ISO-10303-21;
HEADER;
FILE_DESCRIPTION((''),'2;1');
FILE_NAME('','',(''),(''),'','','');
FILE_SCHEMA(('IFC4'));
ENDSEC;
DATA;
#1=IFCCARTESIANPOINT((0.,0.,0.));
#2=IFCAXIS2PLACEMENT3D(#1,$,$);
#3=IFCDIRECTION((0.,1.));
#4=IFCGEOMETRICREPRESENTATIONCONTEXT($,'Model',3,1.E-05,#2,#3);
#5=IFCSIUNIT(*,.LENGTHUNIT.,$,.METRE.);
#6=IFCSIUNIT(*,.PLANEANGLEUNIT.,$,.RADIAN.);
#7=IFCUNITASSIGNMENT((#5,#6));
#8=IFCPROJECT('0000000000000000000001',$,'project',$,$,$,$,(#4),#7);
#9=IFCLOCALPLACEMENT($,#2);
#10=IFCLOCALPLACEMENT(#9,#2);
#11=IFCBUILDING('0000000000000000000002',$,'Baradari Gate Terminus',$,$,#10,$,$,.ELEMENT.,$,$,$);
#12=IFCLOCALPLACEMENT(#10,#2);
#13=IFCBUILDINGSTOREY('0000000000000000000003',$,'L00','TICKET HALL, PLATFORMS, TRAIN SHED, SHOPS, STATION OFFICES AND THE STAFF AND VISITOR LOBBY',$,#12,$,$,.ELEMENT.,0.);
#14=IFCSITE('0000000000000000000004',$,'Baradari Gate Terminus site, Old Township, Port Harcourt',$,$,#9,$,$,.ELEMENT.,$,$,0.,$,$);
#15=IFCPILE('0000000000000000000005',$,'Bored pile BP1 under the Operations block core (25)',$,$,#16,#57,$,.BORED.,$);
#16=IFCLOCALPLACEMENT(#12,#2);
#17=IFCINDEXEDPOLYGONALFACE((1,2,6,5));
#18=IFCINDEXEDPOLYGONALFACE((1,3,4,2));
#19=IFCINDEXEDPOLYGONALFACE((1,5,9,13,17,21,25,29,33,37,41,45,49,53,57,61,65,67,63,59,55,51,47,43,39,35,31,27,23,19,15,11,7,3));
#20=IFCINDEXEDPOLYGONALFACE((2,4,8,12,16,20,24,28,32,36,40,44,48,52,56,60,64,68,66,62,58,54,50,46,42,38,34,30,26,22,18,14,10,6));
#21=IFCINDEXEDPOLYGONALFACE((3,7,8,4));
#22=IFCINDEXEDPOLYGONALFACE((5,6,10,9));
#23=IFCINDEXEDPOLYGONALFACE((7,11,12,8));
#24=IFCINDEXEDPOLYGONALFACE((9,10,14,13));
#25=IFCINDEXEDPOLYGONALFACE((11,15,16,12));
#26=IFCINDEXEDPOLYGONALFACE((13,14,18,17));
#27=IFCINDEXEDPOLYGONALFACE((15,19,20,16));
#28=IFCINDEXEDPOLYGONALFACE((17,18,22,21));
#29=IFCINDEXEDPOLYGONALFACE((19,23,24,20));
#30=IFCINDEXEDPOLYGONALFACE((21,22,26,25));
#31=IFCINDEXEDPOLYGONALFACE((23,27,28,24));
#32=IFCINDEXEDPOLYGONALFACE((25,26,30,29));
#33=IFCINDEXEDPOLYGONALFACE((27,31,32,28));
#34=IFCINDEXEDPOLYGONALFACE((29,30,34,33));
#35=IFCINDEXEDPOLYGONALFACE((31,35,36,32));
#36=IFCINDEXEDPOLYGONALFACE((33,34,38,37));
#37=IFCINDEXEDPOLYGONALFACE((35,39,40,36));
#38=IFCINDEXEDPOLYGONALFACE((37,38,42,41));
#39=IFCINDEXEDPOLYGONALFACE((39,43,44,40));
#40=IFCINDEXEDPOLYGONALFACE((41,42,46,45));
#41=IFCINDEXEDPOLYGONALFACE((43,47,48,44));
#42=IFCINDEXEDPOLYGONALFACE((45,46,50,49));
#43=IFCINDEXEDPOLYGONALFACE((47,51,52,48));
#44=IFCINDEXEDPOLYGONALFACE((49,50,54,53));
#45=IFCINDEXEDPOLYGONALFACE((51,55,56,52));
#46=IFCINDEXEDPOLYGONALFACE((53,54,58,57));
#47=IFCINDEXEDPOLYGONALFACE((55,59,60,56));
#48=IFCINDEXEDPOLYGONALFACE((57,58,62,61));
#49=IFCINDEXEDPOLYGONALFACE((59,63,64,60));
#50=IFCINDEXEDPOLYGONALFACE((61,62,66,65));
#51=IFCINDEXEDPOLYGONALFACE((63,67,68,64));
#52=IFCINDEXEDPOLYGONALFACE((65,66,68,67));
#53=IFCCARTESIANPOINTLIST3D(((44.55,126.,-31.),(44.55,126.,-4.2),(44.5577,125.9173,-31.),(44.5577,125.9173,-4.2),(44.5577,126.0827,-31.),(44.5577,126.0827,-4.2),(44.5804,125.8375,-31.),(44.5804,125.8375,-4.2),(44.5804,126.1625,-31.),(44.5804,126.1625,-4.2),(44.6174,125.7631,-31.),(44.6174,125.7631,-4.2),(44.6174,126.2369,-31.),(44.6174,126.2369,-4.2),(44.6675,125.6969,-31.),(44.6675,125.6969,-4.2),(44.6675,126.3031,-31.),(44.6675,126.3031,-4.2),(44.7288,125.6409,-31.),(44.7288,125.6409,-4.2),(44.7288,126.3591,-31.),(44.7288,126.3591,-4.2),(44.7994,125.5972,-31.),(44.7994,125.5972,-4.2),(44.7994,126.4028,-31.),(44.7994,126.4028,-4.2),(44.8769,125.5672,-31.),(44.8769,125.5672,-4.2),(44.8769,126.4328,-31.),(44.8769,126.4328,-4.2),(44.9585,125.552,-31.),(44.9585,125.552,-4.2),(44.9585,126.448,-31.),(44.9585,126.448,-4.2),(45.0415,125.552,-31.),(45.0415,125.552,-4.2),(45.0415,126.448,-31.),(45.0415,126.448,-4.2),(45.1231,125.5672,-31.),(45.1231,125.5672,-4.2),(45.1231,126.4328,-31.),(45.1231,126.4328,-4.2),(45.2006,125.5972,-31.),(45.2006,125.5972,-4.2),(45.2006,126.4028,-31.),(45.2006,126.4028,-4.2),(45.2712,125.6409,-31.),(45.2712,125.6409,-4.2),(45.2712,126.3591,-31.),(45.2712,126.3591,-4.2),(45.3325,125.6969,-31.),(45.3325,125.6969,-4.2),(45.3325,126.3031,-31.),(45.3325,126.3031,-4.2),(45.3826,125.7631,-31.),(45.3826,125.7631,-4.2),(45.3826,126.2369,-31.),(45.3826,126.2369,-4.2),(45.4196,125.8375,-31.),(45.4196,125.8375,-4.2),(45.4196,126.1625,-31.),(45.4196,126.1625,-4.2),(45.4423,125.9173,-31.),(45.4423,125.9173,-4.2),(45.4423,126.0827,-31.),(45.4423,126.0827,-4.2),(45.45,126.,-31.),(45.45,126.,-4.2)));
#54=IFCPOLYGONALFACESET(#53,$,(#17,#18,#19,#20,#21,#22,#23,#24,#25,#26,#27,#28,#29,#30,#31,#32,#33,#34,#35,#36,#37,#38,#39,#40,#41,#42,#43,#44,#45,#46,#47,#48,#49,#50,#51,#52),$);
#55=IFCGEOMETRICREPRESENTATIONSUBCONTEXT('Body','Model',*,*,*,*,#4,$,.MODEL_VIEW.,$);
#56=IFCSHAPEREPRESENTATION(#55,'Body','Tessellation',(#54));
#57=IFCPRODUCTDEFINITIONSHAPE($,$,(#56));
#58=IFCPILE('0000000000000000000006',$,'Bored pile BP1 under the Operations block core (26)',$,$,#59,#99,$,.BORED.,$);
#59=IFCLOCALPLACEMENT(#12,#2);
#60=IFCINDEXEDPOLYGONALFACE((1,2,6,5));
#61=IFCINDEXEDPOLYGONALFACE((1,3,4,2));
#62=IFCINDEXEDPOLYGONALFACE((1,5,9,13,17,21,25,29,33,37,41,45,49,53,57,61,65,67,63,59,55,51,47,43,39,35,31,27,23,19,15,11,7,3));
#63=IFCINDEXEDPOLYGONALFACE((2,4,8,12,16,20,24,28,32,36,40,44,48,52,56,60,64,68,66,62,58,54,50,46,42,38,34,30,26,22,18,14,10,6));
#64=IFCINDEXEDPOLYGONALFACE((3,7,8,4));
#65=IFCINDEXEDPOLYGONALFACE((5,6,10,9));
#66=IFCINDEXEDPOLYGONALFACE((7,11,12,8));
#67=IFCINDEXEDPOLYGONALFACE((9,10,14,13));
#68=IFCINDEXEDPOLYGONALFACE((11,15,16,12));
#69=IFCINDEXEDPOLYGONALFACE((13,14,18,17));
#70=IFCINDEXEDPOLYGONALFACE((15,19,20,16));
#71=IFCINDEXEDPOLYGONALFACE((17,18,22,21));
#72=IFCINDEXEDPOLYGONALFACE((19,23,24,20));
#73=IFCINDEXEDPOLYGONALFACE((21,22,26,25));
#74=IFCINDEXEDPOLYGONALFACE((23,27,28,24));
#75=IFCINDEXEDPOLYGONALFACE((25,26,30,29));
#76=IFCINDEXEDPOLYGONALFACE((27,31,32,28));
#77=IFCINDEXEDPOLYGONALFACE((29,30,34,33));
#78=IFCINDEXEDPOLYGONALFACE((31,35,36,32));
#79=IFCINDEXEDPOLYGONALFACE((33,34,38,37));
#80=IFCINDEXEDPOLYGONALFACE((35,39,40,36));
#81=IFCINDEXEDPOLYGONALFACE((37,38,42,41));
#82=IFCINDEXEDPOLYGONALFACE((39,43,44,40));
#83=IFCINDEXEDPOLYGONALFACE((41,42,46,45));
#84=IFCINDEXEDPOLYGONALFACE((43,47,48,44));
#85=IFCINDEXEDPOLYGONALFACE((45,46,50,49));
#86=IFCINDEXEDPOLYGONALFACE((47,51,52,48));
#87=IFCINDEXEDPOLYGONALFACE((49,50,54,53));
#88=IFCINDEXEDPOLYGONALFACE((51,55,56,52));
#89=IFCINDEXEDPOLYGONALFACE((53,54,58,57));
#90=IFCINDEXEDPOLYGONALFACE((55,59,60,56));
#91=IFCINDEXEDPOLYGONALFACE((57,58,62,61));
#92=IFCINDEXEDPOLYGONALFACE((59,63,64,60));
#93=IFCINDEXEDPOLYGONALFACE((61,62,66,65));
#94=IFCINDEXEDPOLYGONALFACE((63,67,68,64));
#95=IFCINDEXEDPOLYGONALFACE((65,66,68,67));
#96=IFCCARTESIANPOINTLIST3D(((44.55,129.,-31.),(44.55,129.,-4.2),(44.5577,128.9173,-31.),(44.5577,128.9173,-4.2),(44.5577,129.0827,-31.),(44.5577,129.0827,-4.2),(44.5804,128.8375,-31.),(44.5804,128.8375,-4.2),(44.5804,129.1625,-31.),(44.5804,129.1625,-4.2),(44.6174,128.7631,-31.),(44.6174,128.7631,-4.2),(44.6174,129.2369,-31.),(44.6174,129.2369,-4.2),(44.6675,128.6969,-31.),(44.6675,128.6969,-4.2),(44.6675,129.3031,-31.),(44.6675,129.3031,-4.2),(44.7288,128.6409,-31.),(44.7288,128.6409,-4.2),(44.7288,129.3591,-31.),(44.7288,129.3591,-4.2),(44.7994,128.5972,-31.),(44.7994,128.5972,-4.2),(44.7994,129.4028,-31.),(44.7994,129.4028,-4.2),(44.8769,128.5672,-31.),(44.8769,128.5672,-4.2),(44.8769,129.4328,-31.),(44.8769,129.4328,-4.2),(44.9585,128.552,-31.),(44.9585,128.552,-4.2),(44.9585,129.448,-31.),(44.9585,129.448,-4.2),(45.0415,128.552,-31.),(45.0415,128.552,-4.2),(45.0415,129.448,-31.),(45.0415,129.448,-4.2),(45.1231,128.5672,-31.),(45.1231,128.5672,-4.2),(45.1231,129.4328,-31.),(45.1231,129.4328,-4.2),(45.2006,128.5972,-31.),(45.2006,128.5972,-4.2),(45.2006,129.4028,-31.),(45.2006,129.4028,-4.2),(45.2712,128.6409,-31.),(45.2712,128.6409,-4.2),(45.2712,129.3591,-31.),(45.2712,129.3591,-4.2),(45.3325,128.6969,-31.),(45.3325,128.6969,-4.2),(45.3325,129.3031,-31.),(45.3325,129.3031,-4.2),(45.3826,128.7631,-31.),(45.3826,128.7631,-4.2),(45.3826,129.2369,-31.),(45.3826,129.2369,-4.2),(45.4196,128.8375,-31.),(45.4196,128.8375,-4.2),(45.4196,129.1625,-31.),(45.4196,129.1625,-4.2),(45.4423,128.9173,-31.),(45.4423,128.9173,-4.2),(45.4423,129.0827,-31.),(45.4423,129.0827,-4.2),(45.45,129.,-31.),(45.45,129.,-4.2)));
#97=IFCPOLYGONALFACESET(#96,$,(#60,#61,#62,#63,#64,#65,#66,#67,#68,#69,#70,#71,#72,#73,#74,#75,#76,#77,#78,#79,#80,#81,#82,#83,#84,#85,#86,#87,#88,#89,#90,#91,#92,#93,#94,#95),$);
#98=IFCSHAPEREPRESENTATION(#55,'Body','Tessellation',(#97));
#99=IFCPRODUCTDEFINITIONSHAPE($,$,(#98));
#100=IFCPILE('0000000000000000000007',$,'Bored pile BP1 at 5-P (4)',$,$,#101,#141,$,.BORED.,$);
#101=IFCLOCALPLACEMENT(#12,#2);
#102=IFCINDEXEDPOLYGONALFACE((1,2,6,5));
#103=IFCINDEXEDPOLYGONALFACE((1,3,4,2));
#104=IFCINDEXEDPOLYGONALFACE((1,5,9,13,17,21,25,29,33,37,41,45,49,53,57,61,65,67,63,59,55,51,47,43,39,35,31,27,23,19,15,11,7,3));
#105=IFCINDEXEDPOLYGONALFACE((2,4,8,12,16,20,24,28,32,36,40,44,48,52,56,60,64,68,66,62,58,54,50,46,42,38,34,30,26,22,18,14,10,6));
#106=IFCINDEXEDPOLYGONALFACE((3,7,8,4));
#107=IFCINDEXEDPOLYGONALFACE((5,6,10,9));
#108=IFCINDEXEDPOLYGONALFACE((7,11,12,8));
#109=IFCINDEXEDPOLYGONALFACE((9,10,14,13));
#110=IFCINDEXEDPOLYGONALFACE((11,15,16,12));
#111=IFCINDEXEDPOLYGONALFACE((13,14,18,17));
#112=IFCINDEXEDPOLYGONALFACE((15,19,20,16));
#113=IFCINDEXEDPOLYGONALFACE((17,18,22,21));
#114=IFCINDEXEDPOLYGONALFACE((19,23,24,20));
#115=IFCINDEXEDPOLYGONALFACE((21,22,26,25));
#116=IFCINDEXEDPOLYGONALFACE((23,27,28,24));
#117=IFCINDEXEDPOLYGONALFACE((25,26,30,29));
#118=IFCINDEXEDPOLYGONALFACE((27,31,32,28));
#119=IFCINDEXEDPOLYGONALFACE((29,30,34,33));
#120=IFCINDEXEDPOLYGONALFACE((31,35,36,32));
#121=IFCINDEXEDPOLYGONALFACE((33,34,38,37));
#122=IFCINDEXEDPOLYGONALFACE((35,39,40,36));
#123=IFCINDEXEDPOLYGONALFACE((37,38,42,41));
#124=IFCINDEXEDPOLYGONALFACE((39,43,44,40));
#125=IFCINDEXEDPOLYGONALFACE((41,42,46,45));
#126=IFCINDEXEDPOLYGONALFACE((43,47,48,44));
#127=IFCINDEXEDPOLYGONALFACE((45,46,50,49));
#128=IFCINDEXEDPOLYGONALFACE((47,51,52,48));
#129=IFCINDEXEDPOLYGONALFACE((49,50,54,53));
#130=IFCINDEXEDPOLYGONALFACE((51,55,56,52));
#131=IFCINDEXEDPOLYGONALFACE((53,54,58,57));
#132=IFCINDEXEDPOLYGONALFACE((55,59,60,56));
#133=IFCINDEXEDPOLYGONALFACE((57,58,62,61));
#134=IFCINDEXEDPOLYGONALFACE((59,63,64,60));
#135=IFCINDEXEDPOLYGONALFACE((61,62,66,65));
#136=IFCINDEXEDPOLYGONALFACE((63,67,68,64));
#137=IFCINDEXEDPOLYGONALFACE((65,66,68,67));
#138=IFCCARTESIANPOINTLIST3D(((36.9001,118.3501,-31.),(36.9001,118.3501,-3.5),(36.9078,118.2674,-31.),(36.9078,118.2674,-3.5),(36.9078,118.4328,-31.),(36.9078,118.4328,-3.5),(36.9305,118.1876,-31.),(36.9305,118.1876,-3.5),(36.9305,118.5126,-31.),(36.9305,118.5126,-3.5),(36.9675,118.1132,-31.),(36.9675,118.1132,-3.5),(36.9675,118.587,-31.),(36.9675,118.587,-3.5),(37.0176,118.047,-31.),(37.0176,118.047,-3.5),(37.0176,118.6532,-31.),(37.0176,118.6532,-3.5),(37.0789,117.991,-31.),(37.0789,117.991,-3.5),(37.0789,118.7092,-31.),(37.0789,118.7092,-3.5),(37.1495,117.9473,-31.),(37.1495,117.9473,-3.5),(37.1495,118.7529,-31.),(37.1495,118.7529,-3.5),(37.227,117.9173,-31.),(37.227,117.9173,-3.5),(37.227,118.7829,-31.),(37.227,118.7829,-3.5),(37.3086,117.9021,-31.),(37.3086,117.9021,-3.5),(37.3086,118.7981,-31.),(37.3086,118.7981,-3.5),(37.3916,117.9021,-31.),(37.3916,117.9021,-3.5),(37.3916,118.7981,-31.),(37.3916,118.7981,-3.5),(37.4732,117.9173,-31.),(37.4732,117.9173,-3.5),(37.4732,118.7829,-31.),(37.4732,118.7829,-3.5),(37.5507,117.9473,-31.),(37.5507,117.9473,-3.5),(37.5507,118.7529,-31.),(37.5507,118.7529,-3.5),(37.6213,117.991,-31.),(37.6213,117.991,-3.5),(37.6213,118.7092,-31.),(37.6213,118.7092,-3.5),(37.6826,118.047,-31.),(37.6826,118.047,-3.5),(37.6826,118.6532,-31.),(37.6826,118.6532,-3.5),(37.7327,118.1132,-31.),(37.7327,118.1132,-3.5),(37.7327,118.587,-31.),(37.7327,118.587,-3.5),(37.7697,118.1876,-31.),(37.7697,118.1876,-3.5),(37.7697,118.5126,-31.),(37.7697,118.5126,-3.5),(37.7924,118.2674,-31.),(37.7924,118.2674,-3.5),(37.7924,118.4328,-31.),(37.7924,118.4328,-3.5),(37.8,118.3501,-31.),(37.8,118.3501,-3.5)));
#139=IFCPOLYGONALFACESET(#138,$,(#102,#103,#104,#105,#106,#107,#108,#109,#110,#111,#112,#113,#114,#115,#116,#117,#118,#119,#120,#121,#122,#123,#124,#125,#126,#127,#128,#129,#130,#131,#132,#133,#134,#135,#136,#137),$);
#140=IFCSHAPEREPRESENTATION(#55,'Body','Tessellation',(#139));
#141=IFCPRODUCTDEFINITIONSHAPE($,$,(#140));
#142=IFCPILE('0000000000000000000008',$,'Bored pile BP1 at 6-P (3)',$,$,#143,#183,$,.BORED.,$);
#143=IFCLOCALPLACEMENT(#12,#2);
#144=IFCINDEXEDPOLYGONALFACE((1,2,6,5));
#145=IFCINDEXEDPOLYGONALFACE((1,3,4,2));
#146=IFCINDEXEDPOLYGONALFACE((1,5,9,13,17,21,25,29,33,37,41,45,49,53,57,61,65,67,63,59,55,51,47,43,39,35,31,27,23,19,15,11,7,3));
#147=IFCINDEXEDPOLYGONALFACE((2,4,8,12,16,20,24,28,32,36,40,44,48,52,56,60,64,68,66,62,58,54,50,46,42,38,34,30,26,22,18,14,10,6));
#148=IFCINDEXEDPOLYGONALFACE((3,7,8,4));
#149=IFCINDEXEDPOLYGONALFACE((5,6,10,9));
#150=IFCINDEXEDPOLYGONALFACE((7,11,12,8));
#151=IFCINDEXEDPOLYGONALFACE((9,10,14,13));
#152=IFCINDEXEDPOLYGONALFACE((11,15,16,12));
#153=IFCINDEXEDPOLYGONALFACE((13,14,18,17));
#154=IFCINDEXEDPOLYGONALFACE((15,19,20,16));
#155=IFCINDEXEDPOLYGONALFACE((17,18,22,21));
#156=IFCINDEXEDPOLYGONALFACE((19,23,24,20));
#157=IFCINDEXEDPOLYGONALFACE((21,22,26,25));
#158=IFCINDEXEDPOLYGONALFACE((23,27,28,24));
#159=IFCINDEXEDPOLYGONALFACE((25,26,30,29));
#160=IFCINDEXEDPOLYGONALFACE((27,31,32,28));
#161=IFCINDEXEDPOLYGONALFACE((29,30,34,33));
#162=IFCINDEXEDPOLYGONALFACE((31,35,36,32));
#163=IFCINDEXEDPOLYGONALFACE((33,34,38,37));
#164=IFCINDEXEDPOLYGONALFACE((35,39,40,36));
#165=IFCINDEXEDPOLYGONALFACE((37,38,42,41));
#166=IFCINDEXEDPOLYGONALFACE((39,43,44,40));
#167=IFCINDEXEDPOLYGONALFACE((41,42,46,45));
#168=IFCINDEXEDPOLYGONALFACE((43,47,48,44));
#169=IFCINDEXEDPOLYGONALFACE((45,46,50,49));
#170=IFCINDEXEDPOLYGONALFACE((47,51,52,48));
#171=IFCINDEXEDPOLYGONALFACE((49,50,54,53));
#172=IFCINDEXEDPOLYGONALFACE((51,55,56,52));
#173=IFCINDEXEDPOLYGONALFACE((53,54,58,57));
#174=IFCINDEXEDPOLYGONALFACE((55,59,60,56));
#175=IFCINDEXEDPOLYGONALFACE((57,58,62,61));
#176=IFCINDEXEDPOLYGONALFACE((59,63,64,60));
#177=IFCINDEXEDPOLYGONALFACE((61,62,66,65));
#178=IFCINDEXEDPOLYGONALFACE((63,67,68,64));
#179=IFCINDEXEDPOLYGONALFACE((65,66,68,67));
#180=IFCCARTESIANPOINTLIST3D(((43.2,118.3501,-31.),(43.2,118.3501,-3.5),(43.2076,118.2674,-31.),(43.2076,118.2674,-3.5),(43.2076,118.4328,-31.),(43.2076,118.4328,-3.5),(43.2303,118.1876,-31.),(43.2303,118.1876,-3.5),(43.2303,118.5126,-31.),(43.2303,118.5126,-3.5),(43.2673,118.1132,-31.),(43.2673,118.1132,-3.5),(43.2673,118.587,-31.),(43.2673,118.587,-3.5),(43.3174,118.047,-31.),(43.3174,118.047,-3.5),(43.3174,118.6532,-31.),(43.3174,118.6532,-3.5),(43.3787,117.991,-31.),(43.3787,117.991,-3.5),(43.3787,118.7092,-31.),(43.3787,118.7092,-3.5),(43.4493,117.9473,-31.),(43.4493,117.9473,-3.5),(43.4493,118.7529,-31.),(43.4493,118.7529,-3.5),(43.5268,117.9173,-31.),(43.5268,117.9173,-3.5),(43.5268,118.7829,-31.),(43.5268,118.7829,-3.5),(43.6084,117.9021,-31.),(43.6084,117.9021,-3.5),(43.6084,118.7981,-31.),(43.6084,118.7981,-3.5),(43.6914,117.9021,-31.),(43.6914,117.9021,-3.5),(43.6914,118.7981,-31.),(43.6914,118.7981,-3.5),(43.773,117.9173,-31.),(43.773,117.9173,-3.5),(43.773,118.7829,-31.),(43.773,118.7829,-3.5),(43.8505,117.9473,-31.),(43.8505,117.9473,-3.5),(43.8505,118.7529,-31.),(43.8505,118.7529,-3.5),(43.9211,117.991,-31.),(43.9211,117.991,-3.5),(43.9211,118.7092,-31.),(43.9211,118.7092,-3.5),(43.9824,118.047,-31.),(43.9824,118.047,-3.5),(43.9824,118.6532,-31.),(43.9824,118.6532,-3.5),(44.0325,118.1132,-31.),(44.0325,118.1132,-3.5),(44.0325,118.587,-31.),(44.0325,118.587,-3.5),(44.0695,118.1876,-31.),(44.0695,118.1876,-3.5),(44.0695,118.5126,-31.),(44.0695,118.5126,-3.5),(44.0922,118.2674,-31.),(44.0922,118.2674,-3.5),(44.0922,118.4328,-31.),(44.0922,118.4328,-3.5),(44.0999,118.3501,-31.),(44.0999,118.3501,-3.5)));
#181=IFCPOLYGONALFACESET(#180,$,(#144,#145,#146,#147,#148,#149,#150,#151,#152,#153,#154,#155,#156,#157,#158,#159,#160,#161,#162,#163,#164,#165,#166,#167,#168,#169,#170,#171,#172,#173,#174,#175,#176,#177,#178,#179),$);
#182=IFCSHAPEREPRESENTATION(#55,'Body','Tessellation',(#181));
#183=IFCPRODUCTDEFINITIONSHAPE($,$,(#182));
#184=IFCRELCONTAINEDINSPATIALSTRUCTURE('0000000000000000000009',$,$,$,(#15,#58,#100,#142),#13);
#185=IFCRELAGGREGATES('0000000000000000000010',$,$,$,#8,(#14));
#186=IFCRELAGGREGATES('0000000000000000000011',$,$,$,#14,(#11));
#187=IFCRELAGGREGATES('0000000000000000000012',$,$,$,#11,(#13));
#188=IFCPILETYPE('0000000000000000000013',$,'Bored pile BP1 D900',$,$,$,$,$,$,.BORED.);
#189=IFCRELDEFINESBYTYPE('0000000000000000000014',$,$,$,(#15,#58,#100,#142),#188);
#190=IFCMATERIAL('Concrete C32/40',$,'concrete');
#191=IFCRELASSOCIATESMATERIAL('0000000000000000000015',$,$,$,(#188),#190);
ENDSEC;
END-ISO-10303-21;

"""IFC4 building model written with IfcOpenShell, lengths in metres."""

from ifc_helpers import new_model, si_unit, direction, frame, origin, origin_2d, place, context, subcontext, project, spatial, circle, extrude, material, type_object, element, save


model = new_model("IFC4")

# Units and contexts
model_context = context("Model", 3, precision=1e-05, world=origin(), true_north=direction((0.0, 1.0)))
body_context = subcontext(model_context, "Body", "Model", "MODEL_VIEW")
ifc_project = project(units=[si_unit("LENGTHUNIT", "METRE"), si_unit("PLANEANGLEUNIT", "RADIAN")], contexts=[model_context])

# Site, building, storey
site_placement = place(None, origin())
site = spatial("IfcSite", under=ifc_project, at=site_placement, Name="Baradari Gate Terminus site, Old Township, Port Harcourt", CompositionType="ELEMENT", RefElevation=0.0)
building_placement = place(site_placement, origin())
building = spatial("IfcBuilding", under=site, at=building_placement, Name="Baradari Gate Terminus", CompositionType="ELEMENT")
storey_placement = place(building_placement, origin())
storey = spatial("IfcBuildingStorey", under=building, at=storey_placement, Name="L00", Description="TICKET HALL, PLATFORMS, TRAIN SHED, SHOPS, STATION OFFICES AND THE STAFF AND VISITOR LOBBY", CompositionType="ELEMENT", Elevation=0.0)

# Piles
ifc_material_1 = material(Name="Concrete C32/40", Category="concrete")
pile_type = type_object("IfcPileType", Name="Bored pile BP1 D900", PredefinedType="BORED", material=ifc_material_1)
for number, where, z_axis, x_axis, name in (
    (1, (45.0, 126.0, -4.2), (0.0, 0.0, -1.0), (1.0, 0.0, 0.0), "Bored pile BP1 under the Operations block core (25)"),
    (2, (45.0, 129.0, -4.2), (0.0, 0.0, -1.0), (1.0, 0.0, 0.0), "Bored pile BP1 under the Operations block core (26)"),
):
    element("IfcPile", number, at=place(storey_placement, frame(where, z_axis=z_axis, x_axis=x_axis)), inside=storey, type_object=pile_type, Name=name, PredefinedType="BORED", context=body_context, shape_type="SweptSolid", body=[
        extrude(circle(Radius=0.45, at=origin_2d()), origin(), (0.0, 0.0, 1.0), 26.8),
    ])
for number, where, z_axis, x_axis, name in (
    (3, (37.3501, 118.3501, -3.5), (0.0, 0.0, -1.0), (1.0, 0.0, 0.0), "Bored pile BP1 at 5-P (4)"),
    (4, (43.6499, 118.3501, -3.5), (0.0, 0.0, -1.0), (1.0, 0.0, 0.0), "Bored pile BP1 at 6-P (3)"),
):
    element("IfcPile", number, at=place(storey_placement, frame(where, z_axis=z_axis, x_axis=x_axis)), inside=storey, type_object=pile_type, Name=name, PredefinedType="BORED", context=body_context, shape_type="SweptSolid", body=[
        extrude(circle(Radius=0.45, at=origin_2d()), origin(), (0.0, 0.0, 1.0), 27.5),
    ])

save(model, "model.ifc")
